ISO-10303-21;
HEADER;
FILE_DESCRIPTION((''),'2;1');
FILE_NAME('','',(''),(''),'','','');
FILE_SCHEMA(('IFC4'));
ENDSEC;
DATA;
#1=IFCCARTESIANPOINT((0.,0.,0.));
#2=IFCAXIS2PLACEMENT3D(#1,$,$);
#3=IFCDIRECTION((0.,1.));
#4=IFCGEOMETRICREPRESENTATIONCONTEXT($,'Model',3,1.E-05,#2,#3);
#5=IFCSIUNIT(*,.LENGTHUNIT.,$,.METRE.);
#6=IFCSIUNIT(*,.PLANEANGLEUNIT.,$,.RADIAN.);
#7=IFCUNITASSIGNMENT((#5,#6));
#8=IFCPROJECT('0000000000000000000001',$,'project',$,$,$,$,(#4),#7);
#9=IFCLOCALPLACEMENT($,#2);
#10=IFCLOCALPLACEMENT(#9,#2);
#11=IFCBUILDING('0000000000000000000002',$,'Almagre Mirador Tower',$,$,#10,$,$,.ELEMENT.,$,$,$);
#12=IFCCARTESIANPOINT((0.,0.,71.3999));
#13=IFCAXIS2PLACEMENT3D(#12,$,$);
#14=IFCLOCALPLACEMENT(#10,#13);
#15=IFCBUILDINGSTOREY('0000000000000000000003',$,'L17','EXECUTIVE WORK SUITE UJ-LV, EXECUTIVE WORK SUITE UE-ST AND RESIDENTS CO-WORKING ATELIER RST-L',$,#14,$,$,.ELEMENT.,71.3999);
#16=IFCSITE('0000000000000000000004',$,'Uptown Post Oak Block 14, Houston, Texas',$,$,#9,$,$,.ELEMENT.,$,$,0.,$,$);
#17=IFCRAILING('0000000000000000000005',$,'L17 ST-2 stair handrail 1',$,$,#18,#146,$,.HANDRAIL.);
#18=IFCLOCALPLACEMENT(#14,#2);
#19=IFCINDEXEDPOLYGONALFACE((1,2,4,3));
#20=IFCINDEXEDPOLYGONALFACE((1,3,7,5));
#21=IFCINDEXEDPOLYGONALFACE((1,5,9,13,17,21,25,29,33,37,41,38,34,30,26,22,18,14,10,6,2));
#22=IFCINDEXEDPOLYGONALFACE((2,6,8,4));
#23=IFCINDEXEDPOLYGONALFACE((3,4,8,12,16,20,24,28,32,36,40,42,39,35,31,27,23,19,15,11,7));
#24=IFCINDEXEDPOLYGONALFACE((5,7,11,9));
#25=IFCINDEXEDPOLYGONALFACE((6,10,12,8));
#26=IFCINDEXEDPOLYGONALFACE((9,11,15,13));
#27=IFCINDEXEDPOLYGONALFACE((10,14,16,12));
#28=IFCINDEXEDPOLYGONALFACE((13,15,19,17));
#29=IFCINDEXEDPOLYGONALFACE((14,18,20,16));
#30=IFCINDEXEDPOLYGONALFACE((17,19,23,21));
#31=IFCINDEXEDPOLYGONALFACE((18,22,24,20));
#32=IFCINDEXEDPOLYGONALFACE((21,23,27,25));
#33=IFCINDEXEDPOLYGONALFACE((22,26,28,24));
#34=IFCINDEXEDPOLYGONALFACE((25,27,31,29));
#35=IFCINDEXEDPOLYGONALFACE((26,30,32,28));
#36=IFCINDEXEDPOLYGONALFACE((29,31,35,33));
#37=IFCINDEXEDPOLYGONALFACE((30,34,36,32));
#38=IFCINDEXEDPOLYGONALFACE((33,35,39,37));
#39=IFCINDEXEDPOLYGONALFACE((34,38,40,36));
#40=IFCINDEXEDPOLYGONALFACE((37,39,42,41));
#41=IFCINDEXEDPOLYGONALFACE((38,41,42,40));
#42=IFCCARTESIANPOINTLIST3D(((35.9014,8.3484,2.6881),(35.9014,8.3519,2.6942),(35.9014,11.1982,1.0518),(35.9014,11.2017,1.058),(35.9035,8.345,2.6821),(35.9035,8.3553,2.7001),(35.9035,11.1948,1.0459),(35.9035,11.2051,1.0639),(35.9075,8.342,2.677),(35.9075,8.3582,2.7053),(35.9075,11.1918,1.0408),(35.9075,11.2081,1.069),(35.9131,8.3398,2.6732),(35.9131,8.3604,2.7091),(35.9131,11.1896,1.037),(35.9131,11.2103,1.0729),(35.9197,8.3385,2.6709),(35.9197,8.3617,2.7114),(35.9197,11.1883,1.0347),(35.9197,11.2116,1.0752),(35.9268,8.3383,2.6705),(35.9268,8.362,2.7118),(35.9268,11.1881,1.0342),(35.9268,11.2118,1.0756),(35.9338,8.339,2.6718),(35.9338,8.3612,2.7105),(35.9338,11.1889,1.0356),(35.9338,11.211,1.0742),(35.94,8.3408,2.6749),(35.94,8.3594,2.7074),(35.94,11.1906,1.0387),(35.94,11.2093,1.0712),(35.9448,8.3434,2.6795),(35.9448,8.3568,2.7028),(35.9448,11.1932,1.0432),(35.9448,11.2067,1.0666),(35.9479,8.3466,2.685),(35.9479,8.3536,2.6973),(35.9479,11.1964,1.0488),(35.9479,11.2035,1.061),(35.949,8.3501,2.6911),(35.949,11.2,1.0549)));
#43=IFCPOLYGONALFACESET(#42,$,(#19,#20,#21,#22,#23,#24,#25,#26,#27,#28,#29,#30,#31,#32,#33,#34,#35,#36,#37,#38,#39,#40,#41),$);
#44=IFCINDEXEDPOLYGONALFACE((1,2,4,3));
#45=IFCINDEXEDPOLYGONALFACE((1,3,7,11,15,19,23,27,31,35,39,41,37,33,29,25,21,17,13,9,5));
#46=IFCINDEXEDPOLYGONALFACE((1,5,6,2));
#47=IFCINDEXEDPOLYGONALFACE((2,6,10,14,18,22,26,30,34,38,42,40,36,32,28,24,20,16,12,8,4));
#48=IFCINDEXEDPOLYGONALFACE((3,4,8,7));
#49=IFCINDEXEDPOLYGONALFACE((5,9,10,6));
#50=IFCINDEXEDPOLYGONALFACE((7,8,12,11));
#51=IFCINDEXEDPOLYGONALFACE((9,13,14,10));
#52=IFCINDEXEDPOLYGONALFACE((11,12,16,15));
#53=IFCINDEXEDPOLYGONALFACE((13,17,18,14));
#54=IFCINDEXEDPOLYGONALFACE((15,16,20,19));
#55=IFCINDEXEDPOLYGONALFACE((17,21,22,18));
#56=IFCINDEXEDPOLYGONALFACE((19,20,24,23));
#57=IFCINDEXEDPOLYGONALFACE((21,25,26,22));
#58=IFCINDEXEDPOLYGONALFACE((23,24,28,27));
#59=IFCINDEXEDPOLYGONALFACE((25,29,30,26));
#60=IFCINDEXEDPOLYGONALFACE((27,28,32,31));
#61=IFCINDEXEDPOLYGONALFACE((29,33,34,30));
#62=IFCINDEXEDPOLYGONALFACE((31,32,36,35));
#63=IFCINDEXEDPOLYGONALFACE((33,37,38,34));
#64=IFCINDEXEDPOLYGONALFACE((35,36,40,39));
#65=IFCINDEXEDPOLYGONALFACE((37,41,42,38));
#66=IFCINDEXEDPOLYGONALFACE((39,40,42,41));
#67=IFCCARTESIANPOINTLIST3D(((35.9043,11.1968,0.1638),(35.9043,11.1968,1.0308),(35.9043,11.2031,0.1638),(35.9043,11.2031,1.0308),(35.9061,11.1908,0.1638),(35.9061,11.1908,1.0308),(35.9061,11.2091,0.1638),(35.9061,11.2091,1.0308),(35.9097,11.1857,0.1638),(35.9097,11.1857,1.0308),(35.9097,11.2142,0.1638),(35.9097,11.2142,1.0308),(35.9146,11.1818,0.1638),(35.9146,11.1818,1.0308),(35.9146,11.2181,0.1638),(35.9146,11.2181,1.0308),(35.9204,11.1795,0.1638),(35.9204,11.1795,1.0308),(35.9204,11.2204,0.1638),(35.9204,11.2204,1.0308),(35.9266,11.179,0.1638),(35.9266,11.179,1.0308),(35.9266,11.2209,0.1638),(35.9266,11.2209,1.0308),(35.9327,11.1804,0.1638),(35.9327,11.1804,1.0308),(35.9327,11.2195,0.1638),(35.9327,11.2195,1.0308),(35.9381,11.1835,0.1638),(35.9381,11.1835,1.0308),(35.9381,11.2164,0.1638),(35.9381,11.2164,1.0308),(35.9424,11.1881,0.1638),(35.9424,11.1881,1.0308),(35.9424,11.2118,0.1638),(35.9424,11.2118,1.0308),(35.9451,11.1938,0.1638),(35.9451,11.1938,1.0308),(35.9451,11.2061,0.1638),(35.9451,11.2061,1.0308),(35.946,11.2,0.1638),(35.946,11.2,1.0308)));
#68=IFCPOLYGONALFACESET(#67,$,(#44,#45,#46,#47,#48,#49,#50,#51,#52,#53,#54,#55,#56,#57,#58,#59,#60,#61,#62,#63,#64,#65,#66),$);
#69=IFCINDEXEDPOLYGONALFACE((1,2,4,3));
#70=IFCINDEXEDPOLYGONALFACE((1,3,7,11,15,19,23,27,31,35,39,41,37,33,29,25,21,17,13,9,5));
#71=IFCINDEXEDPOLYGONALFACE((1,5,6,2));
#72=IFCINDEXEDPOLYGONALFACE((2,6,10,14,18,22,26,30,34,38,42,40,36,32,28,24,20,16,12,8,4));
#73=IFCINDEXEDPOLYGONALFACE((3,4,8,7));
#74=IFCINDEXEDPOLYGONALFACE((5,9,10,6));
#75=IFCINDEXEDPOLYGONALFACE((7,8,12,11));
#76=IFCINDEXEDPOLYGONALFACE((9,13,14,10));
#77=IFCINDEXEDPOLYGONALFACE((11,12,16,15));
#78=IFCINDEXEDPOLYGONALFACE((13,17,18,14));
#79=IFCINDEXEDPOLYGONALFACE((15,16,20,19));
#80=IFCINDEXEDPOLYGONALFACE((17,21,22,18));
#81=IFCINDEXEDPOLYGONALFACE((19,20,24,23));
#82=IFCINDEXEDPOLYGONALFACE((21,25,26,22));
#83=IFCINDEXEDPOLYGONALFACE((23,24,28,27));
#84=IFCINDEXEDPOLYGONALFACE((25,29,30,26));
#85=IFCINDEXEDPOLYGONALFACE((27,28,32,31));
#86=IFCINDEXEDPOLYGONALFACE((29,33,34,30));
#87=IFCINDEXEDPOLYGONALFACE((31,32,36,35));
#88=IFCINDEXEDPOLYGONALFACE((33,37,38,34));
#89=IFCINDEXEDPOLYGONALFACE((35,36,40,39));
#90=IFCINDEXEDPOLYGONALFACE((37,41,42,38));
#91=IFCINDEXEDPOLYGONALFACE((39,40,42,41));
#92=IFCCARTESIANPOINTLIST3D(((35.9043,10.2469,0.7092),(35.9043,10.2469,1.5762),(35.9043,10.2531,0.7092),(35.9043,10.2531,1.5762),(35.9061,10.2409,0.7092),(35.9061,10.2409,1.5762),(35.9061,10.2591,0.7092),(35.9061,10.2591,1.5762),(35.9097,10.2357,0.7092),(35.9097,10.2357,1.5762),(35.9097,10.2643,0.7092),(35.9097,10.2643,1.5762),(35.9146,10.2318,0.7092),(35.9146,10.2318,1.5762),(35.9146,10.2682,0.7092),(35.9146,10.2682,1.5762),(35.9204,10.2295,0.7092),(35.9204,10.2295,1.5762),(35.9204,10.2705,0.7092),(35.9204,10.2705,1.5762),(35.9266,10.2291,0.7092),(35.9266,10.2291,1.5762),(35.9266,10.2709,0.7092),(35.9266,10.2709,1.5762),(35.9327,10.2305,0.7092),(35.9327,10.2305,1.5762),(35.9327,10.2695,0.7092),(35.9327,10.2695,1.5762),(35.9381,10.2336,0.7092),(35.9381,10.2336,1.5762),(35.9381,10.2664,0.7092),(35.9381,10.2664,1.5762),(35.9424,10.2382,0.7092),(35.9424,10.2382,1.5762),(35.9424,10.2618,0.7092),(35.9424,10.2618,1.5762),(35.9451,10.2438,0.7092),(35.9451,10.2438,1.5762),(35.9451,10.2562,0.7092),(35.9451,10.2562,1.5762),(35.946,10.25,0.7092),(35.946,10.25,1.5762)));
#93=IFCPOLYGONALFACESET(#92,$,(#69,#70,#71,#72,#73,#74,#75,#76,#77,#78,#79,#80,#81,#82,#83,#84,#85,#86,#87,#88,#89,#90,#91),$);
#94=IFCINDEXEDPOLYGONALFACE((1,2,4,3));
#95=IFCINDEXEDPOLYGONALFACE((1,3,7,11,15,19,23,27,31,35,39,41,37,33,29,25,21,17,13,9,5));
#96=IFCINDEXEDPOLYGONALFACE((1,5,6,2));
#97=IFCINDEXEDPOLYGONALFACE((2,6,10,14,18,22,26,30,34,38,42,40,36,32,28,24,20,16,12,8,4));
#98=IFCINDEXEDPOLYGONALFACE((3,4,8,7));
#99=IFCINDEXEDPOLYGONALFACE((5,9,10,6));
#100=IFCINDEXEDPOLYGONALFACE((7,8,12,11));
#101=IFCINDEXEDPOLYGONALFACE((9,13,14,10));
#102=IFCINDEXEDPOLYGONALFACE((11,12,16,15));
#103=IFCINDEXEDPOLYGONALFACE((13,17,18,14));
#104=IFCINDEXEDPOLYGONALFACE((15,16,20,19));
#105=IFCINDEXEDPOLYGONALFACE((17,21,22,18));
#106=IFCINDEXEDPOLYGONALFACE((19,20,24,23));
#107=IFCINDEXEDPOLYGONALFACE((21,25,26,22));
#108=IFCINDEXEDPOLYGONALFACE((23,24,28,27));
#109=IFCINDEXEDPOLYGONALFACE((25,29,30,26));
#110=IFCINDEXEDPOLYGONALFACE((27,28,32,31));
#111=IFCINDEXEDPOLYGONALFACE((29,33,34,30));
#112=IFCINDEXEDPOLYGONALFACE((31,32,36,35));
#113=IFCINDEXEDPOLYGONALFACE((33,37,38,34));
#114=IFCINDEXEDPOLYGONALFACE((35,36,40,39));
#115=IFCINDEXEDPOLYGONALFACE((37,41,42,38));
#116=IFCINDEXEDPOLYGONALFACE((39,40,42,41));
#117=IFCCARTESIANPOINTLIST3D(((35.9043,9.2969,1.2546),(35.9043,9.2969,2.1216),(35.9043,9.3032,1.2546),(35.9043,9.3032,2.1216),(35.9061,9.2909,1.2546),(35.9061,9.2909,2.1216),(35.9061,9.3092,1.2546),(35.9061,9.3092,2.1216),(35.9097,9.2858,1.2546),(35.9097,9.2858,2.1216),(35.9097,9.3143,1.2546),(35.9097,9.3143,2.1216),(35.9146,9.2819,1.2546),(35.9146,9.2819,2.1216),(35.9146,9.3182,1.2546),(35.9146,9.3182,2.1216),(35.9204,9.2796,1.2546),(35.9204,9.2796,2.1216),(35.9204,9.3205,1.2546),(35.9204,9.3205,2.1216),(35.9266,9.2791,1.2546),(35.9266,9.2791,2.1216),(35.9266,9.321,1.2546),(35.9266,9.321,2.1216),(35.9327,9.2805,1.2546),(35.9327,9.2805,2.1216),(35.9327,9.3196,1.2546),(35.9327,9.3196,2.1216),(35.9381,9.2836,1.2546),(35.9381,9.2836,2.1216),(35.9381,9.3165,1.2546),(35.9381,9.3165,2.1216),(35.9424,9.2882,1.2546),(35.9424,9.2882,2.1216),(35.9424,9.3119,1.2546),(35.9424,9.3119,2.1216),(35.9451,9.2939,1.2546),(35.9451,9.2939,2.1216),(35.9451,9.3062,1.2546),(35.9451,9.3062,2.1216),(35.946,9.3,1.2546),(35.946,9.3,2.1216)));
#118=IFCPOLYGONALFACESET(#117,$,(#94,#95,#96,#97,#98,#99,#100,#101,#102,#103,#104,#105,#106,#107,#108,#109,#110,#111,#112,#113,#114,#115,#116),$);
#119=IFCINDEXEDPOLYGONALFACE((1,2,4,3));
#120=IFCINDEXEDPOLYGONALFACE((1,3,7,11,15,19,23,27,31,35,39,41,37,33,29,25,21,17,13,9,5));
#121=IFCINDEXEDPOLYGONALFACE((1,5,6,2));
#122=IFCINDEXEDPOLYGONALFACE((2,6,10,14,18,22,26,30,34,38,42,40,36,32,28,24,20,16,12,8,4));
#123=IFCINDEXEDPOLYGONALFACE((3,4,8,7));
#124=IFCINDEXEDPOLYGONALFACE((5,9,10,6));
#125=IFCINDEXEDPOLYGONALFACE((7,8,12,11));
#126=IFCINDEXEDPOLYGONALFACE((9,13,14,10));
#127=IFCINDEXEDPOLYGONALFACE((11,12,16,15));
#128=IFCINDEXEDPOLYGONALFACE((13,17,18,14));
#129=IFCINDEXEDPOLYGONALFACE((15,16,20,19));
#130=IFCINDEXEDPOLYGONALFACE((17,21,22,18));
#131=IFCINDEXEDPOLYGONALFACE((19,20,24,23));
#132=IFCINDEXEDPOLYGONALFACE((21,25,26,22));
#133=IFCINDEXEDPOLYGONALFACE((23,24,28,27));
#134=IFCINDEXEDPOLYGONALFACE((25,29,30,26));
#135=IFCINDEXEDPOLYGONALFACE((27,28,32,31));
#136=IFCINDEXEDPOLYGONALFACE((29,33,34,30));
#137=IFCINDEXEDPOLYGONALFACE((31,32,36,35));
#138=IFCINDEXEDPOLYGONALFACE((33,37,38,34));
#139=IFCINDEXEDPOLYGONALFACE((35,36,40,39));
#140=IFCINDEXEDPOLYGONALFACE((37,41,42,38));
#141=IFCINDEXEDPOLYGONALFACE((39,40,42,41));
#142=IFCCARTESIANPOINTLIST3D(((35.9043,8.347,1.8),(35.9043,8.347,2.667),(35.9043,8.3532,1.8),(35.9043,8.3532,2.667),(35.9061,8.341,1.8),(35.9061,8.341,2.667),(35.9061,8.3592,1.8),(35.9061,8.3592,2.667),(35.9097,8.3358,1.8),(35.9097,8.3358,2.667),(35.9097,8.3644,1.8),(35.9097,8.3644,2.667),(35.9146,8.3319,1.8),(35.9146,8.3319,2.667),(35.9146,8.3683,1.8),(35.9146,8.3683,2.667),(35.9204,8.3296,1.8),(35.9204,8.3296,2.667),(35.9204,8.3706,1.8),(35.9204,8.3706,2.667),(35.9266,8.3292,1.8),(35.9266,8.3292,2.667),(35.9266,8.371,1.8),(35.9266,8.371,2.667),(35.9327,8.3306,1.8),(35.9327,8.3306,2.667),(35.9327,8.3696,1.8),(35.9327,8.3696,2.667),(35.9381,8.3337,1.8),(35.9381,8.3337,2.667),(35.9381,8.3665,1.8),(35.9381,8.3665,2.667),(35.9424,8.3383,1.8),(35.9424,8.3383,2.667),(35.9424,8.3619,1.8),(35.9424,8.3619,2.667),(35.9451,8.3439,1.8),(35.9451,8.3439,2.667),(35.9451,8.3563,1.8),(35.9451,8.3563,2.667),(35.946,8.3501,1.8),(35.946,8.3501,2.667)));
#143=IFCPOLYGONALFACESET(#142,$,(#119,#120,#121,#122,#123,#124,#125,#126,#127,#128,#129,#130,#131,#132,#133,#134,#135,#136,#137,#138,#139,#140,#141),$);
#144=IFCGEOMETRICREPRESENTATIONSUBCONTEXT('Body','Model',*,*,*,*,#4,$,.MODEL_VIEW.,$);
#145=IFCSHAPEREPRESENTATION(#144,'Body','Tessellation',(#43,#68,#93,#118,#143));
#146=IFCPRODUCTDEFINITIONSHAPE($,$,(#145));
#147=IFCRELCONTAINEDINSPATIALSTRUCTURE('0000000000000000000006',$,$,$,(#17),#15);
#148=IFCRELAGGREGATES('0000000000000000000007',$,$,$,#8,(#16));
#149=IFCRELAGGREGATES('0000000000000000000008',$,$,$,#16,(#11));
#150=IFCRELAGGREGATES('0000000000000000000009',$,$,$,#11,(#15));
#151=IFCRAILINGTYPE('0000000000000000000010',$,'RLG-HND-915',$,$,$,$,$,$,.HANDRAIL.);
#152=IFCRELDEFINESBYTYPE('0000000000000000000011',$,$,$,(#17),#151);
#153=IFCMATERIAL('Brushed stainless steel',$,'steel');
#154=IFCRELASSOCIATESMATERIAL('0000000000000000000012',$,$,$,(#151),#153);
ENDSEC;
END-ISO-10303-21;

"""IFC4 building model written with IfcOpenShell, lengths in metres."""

from ifc_helpers import new_model, si_unit, direction, frame, origin, origin_2d, place, context, subcontext, project, spatial, circle, extrude, material, type_object, element, save


model = new_model("IFC4")

# Units and contexts
model_context = context("Model", 3, precision=1e-05, world=origin(), true_north=direction((0.0, 1.0)))
body_context = subcontext(model_context, "Body", "Model", "MODEL_VIEW")
ifc_project = project(units=[si_unit("LENGTHUNIT", "METRE"), si_unit("PLANEANGLEUNIT", "RADIAN")], contexts=[model_context])

# Site, building, storey
site_placement = place(None, origin())
site = spatial("IfcSite", under=ifc_project, at=site_placement, Name="Uptown Post Oak Block 14, Houston, Texas", CompositionType="ELEMENT", RefElevation=0.0)
building_placement = place(site_placement, origin())
building = spatial("IfcBuilding", under=site, at=building_placement, Name="Almagre Mirador Tower", CompositionType="ELEMENT")
storey_placement = place(building_placement, frame((0.0, 0.0, 71.3999)))
storey = spatial("IfcBuildingStorey", under=building, at=storey_placement, Name="L17", Description="EXECUTIVE WORK SUITE UJ-LV, EXECUTIVE WORK SUITE UE-ST AND RESIDENTS CO-WORKING ATELIER RST-L", CompositionType="ELEMENT", Elevation=71.3999)

# Railing
ifc_material_1 = material(Name="Brushed stainless steel", Category="steel")
railing_type_1 = type_object("IfcRailingType", Name="RLG-HND-915", PredefinedType="HANDRAIL", material=ifc_material_1)
railing_1_placement = place(storey_placement, frame((35.925, 11.2, 0.1638)))
element("IfcRailing", 1, at=railing_1_placement, inside=storey, type_object=railing_type_1, Name="L17 ST-2 stair handrail 1", PredefinedType="HANDRAIL", context=body_context, shape_type="SweptSolid", body=[
    extrude(circle(Radius=0.0239, at=origin_2d()), frame((0.0, 0.0, 0.8911), z_axis=(0.0, -0.867226, 0.497914), x_axis=(1.0, 0.0, 0.0)), (0.0, 0.0, 1.0), 3.2861),
    extrude(circle(Radius=0.021, at=origin_2d()), origin(), (0.0, 0.0, 1.0), 0.8669),
    extrude(circle(Radius=0.021, at=origin_2d()), frame((0.0, -0.95, 0.5454)), (0.0, 0.0, 1.0), 0.8669),
    extrude(circle(Radius=0.021, at=origin_2d()), frame((0.0, -1.8999, 1.0908)), (0.0, 0.0, 1.0), 0.8669),
    extrude(circle(Radius=0.021, at=origin_2d()), frame((0.0, -2.8499, 1.6362)), (0.0, 0.0, 1.0), 0.8669),
])

save(model, "model.ifc")
